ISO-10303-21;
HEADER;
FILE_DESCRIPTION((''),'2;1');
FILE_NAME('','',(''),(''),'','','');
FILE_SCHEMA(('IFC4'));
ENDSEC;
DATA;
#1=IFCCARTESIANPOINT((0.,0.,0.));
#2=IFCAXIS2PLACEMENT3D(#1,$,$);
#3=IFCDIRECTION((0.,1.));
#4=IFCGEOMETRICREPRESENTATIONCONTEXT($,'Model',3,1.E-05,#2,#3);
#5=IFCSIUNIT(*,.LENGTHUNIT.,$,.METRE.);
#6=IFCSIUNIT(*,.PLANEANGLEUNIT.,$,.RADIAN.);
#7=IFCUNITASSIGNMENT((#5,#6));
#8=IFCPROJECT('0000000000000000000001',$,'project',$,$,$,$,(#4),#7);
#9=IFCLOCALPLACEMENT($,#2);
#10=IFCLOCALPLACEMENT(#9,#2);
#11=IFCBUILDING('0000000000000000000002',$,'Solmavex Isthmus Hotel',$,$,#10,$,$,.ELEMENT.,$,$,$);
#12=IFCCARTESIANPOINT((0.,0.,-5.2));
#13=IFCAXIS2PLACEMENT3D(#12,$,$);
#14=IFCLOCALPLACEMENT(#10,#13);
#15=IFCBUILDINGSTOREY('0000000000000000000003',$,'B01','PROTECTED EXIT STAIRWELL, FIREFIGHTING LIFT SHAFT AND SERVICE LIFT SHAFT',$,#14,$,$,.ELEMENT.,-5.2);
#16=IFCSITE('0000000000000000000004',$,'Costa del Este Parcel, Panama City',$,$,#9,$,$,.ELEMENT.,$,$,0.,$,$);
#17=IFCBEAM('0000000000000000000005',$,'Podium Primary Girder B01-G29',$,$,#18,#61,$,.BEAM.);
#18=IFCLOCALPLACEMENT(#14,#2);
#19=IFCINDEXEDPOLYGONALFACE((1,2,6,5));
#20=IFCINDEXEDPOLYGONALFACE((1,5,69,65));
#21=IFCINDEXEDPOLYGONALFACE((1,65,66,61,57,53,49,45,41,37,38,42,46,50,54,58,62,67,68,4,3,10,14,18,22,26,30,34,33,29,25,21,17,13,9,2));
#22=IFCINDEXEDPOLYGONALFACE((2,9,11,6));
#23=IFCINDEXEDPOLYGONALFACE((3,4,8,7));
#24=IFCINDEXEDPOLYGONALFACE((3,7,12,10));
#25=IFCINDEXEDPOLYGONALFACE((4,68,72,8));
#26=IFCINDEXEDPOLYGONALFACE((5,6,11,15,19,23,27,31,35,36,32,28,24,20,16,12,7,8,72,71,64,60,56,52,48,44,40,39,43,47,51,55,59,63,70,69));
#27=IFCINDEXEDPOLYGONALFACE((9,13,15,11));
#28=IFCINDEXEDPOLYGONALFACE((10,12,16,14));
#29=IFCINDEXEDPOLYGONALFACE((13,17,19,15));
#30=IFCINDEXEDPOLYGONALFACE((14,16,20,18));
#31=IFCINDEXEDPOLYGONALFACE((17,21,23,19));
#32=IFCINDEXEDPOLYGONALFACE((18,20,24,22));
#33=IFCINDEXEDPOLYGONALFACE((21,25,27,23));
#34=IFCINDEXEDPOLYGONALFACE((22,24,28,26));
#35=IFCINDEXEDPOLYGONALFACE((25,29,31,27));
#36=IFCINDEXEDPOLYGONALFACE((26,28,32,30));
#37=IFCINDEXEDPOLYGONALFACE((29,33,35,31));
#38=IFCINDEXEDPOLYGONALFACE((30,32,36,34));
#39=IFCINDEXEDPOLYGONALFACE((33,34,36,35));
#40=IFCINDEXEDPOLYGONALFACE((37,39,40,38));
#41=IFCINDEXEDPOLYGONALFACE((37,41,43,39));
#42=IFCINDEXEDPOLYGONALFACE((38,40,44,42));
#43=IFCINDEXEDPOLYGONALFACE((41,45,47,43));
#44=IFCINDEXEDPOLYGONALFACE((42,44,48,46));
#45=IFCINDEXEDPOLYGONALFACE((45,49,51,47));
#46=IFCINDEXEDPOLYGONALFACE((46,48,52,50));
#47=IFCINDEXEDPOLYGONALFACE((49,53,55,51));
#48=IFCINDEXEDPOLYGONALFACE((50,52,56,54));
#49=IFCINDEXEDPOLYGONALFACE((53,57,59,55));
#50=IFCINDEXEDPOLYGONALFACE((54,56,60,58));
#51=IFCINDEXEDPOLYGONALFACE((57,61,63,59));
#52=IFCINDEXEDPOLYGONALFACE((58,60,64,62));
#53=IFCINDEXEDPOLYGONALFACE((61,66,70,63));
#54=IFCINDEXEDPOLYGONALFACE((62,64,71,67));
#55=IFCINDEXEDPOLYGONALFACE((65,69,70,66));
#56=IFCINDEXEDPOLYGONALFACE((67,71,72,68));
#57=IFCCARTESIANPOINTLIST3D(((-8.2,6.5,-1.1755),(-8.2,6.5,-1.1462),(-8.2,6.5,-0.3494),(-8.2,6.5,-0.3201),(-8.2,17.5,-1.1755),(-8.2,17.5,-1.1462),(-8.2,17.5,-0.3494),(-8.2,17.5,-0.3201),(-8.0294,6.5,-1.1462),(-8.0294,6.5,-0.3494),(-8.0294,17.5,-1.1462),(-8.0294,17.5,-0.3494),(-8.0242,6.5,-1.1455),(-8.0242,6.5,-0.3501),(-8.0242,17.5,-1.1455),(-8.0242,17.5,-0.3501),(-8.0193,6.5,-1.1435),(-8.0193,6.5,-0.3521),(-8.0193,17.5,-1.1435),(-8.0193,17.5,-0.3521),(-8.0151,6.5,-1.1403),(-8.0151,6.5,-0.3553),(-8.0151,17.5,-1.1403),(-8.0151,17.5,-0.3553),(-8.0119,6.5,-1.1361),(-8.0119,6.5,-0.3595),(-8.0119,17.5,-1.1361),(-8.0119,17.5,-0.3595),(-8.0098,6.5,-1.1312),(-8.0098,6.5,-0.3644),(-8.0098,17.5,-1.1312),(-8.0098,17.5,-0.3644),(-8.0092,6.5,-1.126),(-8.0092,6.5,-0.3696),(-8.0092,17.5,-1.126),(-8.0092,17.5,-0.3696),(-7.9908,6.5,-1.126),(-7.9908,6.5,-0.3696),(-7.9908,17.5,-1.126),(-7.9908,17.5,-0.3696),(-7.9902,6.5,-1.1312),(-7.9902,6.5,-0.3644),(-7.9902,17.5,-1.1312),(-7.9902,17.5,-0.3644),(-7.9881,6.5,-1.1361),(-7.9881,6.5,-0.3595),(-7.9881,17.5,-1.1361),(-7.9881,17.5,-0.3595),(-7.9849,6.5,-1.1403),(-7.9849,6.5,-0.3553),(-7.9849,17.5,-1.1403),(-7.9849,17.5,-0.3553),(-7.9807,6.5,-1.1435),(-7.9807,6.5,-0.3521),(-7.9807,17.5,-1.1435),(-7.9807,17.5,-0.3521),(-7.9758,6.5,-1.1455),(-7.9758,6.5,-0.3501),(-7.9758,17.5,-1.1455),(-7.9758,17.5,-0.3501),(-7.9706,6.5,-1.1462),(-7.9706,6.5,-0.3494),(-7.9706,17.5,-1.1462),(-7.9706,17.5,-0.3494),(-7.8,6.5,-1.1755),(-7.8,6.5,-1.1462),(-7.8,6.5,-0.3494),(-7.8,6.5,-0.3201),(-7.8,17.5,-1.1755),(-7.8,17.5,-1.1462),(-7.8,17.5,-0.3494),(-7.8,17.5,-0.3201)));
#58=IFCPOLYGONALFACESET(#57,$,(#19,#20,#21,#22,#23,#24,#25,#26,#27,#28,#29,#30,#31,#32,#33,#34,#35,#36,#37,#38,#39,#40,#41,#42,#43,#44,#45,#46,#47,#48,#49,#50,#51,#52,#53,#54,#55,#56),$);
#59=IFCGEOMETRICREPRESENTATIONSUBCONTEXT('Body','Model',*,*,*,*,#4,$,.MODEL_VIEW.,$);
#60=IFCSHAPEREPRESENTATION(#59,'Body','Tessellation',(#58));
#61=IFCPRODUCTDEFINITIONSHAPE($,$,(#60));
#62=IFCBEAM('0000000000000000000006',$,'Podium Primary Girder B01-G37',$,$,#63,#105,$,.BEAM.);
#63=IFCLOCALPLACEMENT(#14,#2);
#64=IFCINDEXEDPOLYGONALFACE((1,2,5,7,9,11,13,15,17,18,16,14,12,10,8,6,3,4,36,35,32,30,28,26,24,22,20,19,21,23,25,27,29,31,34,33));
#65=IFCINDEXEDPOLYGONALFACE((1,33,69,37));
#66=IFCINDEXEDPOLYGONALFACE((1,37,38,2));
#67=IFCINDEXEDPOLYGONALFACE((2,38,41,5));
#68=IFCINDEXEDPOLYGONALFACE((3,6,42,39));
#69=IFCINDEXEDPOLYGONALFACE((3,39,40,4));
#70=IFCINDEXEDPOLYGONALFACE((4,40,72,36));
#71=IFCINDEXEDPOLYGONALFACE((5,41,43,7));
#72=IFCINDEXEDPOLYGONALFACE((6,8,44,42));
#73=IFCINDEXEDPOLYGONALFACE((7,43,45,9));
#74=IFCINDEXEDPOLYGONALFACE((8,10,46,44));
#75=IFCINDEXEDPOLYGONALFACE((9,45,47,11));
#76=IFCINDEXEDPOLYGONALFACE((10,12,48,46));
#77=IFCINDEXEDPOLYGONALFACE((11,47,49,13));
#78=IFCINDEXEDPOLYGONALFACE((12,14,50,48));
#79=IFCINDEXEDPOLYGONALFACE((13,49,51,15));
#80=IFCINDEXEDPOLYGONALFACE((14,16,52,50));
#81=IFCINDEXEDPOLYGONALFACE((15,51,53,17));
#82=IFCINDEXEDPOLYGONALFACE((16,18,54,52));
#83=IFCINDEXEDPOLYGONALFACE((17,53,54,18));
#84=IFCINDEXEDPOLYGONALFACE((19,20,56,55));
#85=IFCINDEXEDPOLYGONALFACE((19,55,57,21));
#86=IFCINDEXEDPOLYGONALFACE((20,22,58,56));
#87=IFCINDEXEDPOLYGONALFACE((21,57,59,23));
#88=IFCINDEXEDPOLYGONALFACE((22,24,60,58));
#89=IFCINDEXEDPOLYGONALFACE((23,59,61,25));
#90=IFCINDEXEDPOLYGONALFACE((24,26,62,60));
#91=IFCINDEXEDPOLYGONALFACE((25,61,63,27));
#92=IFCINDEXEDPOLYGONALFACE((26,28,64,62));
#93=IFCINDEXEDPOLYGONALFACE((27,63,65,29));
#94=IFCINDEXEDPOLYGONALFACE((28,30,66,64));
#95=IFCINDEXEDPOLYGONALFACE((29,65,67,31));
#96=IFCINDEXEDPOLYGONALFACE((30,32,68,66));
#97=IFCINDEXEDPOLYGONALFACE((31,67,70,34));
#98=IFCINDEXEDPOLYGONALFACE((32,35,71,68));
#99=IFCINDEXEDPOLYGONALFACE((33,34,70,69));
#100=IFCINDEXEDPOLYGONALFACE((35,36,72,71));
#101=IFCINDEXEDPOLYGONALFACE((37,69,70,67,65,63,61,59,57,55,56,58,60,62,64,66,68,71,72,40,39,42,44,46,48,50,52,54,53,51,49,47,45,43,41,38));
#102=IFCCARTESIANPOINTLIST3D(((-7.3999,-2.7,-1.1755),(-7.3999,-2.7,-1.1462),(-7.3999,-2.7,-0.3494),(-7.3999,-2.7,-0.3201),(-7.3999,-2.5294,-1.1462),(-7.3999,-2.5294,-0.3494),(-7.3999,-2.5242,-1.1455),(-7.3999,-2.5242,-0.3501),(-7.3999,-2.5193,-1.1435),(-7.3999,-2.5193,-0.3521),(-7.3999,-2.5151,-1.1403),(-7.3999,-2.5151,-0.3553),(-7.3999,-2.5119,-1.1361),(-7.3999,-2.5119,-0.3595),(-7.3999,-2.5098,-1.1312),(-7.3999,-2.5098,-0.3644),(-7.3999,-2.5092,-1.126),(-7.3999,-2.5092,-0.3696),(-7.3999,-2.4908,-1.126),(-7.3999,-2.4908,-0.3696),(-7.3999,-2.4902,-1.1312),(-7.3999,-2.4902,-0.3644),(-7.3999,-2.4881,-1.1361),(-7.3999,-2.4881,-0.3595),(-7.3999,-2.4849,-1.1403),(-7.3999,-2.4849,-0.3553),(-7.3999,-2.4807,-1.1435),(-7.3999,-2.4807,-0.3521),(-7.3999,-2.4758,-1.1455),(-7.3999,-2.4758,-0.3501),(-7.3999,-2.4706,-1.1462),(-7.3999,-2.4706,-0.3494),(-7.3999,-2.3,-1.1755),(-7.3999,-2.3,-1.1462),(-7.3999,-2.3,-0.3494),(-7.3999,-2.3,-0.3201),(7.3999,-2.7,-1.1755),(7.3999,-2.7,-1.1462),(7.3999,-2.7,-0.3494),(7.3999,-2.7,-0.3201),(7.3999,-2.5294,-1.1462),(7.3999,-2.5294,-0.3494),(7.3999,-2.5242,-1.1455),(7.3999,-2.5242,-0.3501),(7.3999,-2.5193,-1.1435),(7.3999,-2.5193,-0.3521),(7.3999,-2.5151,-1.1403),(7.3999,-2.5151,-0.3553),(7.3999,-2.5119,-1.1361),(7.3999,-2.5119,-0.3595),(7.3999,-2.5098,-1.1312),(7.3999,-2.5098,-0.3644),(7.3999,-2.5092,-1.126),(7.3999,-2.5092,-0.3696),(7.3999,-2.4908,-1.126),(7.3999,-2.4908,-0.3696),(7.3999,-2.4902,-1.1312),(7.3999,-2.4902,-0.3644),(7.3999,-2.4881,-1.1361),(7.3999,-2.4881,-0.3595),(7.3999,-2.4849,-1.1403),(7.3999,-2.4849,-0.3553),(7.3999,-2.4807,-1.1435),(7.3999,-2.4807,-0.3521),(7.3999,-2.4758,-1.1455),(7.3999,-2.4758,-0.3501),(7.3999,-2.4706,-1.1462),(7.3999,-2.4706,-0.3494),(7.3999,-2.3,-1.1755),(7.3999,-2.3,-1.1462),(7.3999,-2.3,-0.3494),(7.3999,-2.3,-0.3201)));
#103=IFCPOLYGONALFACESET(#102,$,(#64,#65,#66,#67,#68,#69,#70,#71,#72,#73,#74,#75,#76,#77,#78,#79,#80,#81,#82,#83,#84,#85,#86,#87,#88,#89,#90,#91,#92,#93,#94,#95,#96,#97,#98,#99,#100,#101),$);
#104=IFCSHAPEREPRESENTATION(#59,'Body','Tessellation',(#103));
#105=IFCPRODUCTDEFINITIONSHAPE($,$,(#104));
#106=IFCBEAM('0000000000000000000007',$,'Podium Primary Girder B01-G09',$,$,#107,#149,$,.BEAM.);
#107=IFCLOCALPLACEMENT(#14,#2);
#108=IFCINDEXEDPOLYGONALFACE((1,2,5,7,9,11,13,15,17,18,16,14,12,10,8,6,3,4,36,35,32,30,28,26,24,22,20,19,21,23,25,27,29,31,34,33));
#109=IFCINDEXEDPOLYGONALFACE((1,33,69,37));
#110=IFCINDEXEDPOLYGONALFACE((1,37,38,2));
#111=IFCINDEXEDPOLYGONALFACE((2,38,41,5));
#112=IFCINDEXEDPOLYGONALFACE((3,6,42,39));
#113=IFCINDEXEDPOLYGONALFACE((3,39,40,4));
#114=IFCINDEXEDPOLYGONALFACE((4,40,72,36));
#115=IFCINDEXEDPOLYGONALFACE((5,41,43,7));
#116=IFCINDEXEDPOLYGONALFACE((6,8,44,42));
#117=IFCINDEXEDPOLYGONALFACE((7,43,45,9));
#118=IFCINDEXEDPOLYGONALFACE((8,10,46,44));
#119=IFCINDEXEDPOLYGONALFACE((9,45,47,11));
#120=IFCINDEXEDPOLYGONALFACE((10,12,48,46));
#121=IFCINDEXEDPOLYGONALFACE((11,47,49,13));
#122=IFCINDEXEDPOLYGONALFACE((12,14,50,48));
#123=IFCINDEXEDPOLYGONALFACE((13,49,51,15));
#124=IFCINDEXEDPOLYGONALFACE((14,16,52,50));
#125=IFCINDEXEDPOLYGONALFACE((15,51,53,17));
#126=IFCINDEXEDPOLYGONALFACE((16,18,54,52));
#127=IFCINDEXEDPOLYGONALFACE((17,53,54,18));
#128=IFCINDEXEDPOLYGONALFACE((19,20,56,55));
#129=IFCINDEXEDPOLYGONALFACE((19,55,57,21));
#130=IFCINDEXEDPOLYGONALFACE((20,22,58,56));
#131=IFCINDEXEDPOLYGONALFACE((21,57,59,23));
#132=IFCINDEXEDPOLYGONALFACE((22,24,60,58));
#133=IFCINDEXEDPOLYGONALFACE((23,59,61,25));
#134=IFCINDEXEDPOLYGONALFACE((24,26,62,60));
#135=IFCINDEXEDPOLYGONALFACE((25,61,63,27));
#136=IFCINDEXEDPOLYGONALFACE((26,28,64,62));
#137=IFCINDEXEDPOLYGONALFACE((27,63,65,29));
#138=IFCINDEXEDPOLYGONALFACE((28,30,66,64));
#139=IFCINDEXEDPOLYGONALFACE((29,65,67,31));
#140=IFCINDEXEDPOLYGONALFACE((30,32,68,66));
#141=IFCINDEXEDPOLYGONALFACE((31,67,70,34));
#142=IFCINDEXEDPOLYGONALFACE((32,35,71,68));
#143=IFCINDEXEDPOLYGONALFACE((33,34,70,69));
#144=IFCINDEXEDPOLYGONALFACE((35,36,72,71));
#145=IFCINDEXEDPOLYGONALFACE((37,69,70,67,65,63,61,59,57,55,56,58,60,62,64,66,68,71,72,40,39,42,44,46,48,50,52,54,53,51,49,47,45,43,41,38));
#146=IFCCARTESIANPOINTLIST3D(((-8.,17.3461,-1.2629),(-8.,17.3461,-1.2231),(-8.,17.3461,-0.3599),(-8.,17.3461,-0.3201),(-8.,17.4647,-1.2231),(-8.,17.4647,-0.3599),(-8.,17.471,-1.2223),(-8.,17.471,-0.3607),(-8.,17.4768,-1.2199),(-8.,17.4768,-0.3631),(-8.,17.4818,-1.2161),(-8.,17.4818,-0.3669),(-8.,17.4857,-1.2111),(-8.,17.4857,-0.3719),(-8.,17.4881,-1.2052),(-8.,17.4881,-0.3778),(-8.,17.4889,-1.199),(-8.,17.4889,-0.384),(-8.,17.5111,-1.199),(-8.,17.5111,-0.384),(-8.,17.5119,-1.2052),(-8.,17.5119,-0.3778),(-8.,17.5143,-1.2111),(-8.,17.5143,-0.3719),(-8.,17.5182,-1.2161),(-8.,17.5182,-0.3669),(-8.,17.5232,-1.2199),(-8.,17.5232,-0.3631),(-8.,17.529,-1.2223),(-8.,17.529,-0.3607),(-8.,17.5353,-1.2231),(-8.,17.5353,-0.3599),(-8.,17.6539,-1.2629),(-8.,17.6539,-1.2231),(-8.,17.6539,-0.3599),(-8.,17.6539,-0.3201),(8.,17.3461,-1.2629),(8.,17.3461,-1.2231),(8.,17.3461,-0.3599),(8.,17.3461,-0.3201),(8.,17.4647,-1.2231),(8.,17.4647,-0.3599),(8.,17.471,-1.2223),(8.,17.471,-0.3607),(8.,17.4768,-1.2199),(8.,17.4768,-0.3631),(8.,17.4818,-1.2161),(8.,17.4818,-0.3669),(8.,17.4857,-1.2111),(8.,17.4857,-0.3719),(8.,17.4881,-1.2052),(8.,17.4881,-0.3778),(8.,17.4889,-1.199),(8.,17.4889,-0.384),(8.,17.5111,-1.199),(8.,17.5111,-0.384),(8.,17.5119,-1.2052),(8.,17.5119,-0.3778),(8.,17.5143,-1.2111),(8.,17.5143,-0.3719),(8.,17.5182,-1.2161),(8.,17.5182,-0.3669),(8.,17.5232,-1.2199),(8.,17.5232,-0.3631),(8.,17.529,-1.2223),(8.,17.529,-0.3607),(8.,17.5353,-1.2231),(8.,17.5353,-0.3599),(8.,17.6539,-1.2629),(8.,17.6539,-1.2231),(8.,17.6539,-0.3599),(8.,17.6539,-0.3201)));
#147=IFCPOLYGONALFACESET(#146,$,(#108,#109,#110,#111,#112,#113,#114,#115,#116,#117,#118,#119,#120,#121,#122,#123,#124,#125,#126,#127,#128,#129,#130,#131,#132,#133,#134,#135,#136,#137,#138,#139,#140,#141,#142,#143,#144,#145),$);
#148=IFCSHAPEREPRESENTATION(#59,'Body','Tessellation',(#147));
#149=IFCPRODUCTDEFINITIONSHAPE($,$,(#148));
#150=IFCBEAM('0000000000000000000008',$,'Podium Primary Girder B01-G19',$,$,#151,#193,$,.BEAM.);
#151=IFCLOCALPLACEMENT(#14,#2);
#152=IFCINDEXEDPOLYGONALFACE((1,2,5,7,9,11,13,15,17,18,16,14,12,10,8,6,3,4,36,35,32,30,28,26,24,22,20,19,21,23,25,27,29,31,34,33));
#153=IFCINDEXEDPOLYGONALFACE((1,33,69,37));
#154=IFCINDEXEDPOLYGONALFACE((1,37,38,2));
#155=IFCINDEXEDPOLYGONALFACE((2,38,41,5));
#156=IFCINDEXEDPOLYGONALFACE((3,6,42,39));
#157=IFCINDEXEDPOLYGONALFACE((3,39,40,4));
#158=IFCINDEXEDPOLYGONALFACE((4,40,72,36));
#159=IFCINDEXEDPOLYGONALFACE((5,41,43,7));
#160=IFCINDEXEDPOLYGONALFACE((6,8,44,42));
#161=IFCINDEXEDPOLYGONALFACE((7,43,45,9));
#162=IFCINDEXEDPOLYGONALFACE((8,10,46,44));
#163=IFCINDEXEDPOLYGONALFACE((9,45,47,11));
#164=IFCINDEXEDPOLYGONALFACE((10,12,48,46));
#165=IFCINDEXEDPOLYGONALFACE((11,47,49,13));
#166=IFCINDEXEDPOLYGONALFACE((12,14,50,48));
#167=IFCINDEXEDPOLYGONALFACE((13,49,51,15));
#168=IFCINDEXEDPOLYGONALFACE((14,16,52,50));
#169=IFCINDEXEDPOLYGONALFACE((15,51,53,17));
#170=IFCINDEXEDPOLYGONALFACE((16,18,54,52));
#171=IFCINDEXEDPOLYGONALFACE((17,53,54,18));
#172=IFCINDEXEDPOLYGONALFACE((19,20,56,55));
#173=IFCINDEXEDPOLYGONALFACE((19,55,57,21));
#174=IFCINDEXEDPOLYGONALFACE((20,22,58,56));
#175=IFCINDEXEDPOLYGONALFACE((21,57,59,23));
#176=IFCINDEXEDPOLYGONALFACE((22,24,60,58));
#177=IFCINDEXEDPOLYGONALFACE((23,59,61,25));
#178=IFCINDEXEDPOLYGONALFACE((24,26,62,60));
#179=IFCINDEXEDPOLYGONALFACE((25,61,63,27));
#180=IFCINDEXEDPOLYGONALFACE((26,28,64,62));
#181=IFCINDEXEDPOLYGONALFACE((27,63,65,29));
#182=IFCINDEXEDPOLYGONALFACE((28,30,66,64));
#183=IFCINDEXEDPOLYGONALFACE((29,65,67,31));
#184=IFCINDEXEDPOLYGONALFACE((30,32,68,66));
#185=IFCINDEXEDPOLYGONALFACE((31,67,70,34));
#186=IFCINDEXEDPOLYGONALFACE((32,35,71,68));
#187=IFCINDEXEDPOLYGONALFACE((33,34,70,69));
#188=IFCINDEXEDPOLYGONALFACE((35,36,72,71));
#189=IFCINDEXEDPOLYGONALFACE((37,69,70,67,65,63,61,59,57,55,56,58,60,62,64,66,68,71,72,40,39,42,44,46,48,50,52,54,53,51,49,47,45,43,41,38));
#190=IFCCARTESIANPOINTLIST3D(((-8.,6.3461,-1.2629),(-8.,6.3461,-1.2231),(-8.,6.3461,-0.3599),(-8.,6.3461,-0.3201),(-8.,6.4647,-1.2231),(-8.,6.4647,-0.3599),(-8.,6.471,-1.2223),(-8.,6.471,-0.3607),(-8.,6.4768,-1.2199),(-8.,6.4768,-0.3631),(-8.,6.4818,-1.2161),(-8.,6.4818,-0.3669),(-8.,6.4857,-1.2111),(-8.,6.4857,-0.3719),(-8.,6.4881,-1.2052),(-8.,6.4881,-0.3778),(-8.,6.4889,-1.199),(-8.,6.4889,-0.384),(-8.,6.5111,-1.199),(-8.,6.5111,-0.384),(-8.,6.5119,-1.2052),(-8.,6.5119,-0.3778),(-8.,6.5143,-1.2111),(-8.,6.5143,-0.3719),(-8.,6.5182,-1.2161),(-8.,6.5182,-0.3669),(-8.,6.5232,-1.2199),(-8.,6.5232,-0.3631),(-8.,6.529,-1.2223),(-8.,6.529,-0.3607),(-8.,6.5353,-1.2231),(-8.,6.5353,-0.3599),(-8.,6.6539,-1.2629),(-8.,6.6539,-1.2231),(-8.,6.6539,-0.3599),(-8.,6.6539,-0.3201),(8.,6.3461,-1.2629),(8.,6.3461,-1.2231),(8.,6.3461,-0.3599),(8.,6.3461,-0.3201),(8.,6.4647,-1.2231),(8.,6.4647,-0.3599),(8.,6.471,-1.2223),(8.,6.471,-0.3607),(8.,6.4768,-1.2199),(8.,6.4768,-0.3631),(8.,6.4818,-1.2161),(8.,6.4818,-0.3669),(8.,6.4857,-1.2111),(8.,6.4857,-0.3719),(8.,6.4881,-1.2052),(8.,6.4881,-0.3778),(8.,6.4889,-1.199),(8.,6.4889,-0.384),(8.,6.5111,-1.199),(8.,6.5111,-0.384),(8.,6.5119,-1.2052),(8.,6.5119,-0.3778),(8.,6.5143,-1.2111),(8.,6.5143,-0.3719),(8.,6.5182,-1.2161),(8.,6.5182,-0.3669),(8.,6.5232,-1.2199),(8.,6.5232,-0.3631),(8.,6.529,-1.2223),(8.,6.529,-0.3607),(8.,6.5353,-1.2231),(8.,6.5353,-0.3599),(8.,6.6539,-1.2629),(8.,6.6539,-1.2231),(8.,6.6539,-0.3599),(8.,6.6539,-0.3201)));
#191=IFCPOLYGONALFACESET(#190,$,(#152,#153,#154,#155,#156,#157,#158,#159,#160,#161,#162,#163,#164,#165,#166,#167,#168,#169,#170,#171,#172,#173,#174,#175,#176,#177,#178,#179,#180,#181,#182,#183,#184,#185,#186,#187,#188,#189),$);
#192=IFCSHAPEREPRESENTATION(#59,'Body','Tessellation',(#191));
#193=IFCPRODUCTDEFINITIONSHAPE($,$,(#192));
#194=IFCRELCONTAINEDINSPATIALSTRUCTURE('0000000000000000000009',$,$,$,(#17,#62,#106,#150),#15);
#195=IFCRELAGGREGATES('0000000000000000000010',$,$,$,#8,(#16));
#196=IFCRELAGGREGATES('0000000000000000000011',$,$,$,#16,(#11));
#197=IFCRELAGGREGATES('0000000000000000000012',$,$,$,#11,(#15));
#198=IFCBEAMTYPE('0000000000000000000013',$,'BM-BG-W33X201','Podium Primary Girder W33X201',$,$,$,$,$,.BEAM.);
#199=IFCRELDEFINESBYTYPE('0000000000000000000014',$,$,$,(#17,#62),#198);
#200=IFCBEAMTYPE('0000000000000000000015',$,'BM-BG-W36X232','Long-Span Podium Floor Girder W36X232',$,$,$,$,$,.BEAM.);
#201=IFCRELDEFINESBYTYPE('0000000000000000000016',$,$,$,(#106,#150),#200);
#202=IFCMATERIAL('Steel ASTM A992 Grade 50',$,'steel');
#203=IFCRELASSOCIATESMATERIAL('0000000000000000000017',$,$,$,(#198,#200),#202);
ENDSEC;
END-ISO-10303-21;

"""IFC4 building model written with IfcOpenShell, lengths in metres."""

from ifc_helpers import new_model, si_unit, direction, frame, origin, origin_2d, place, context, subcontext, project, spatial, i_section, extrude, material, material_profile, profile_set, type_object, element, save


model = new_model("IFC4")

# Units and contexts
model_context = context("Model", 3, precision=1e-05, world=origin(), true_north=direction((0.0, 1.0)))
body_context = subcontext(model_context, "Body", "Model", "MODEL_VIEW")
ifc_project = project(units=[si_unit("LENGTHUNIT", "METRE"), si_unit("PLANEANGLEUNIT", "RADIAN")], contexts=[model_context])

# Site, building, storey
site_placement = place(None, origin())
site = spatial("IfcSite", under=ifc_project, at=site_placement, Name="Costa del Este Parcel, Panama City", CompositionType="ELEMENT", RefElevation=0.0)
building_placement = place(site_placement, origin())
building = spatial("IfcBuilding", under=site, at=building_placement, Name="Solmavex Isthmus Hotel", CompositionType="ELEMENT")
storey_placement = place(building_placement, frame((0.0, 0.0, -5.2)))
storey = spatial("IfcBuildingStorey", under=building, at=storey_placement, Name="B01", Description="PROTECTED EXIT STAIRWELL, FIREFIGHTING LIFT SHAFT AND SERVICE LIFT SHAFT", CompositionType="ELEMENT", Elevation=-5.2)

# Beams
ifc_material_1 = material(Name="Steel ASTM A992 Grade 50", Category="steel")
ifc_material_profile_1 = material_profile(ifc_material_1, i_section(OverallWidth=0.3999, OverallDepth=0.8555, WebThickness=0.0183, FlangeThickness=0.0293, FilletRadius=0.0203, at=origin_2d()), Name="W33X201")
ifc_profile_set_1 = profile_set([ifc_material_profile_1], Name="Steel ASTM A992 Grade 50")
beam_type_1 = type_object("IfcBeamType", Name="BM-BG-W33X201", Description="Podium Primary Girder W33X201", PredefinedType="BEAM", material=ifc_profile_set_1)
beam_1_placement = place(storey_placement, frame((-8.0, 6.5, -0.7478), z_axis=(0.0, 1.0, 0.0), x_axis=(-1.0, 0.0, 0.0)))
element("IfcBeam", 1, at=beam_1_placement, inside=storey, type_object=beam_type_1, Name="Podium Primary Girder B01-G29", PredefinedType="BEAM", context=body_context, shape_type="SweptSolid", body=[
    extrude(i_section(OverallWidth=0.3999, OverallDepth=0.8555, WebThickness=0.0183, FlangeThickness=0.0293, FilletRadius=0.0203, at=origin_2d()), origin(), (0.0, 0.0, 1.0), 11.0),
])
beam_2_placement = place(storey_placement, frame((-7.3999, -2.5, -0.7478), z_axis=(1.0, 0.0, 0.0), x_axis=(0.0, 1.0, 0.0)))
element("IfcBeam", 2, at=beam_2_placement, inside=storey, type_object=beam_type_1, Name="Podium Primary Girder B01-G37", PredefinedType="BEAM", context=body_context, shape_type="SweptSolid", body=[
    extrude(i_section(OverallWidth=0.3999, OverallDepth=0.8555, WebThickness=0.0183, FlangeThickness=0.0293, FilletRadius=0.0203, at=origin_2d()), origin(), (0.0, 0.0, 1.0), 14.7998),
])
ifc_material_profile_2 = material_profile(ifc_material_1, i_section(OverallWidth=0.3079, OverallDepth=0.9429, WebThickness=0.0222, FlangeThickness=0.0398, FilletRadius=0.0242, at=origin_2d()), Name="W36X232")
ifc_profile_set_2 = profile_set([ifc_material_profile_2], Name="Steel ASTM A992 Grade 50")
beam_type_2 = type_object("IfcBeamType", Name="BM-BG-W36X232", Description="Long-Span Podium Floor Girder W36X232", PredefinedType="BEAM", material=ifc_profile_set_2)
for number, where, z_axis, x_axis, name in (
    (3, (-8.0, 17.5, -0.7915), (1.0, 0.0, 0.0), (0.0, 1.0, 0.0), "Podium Primary Girder B01-G09"),
    (4, (-8.0, 6.5, -0.7915), (1.0, 0.0, 0.0), (0.0, 1.0, 0.0), "Podium Primary Girder B01-G19"),
):
    element("IfcBeam", number, at=place(storey_placement, frame(where, z_axis=z_axis, x_axis=x_axis)), inside=storey, type_object=beam_type_2, Name=name, PredefinedType="BEAM", context=body_context, shape_type="SweptSolid", body=[
        extrude(i_section(OverallWidth=0.3079, OverallDepth=0.9429, WebThickness=0.0222, FlangeThickness=0.0398, FilletRadius=0.0242, at=origin_2d()), origin(), (0.0, 0.0, 1.0), 16.0),
    ])

save(model, "model.ifc")
